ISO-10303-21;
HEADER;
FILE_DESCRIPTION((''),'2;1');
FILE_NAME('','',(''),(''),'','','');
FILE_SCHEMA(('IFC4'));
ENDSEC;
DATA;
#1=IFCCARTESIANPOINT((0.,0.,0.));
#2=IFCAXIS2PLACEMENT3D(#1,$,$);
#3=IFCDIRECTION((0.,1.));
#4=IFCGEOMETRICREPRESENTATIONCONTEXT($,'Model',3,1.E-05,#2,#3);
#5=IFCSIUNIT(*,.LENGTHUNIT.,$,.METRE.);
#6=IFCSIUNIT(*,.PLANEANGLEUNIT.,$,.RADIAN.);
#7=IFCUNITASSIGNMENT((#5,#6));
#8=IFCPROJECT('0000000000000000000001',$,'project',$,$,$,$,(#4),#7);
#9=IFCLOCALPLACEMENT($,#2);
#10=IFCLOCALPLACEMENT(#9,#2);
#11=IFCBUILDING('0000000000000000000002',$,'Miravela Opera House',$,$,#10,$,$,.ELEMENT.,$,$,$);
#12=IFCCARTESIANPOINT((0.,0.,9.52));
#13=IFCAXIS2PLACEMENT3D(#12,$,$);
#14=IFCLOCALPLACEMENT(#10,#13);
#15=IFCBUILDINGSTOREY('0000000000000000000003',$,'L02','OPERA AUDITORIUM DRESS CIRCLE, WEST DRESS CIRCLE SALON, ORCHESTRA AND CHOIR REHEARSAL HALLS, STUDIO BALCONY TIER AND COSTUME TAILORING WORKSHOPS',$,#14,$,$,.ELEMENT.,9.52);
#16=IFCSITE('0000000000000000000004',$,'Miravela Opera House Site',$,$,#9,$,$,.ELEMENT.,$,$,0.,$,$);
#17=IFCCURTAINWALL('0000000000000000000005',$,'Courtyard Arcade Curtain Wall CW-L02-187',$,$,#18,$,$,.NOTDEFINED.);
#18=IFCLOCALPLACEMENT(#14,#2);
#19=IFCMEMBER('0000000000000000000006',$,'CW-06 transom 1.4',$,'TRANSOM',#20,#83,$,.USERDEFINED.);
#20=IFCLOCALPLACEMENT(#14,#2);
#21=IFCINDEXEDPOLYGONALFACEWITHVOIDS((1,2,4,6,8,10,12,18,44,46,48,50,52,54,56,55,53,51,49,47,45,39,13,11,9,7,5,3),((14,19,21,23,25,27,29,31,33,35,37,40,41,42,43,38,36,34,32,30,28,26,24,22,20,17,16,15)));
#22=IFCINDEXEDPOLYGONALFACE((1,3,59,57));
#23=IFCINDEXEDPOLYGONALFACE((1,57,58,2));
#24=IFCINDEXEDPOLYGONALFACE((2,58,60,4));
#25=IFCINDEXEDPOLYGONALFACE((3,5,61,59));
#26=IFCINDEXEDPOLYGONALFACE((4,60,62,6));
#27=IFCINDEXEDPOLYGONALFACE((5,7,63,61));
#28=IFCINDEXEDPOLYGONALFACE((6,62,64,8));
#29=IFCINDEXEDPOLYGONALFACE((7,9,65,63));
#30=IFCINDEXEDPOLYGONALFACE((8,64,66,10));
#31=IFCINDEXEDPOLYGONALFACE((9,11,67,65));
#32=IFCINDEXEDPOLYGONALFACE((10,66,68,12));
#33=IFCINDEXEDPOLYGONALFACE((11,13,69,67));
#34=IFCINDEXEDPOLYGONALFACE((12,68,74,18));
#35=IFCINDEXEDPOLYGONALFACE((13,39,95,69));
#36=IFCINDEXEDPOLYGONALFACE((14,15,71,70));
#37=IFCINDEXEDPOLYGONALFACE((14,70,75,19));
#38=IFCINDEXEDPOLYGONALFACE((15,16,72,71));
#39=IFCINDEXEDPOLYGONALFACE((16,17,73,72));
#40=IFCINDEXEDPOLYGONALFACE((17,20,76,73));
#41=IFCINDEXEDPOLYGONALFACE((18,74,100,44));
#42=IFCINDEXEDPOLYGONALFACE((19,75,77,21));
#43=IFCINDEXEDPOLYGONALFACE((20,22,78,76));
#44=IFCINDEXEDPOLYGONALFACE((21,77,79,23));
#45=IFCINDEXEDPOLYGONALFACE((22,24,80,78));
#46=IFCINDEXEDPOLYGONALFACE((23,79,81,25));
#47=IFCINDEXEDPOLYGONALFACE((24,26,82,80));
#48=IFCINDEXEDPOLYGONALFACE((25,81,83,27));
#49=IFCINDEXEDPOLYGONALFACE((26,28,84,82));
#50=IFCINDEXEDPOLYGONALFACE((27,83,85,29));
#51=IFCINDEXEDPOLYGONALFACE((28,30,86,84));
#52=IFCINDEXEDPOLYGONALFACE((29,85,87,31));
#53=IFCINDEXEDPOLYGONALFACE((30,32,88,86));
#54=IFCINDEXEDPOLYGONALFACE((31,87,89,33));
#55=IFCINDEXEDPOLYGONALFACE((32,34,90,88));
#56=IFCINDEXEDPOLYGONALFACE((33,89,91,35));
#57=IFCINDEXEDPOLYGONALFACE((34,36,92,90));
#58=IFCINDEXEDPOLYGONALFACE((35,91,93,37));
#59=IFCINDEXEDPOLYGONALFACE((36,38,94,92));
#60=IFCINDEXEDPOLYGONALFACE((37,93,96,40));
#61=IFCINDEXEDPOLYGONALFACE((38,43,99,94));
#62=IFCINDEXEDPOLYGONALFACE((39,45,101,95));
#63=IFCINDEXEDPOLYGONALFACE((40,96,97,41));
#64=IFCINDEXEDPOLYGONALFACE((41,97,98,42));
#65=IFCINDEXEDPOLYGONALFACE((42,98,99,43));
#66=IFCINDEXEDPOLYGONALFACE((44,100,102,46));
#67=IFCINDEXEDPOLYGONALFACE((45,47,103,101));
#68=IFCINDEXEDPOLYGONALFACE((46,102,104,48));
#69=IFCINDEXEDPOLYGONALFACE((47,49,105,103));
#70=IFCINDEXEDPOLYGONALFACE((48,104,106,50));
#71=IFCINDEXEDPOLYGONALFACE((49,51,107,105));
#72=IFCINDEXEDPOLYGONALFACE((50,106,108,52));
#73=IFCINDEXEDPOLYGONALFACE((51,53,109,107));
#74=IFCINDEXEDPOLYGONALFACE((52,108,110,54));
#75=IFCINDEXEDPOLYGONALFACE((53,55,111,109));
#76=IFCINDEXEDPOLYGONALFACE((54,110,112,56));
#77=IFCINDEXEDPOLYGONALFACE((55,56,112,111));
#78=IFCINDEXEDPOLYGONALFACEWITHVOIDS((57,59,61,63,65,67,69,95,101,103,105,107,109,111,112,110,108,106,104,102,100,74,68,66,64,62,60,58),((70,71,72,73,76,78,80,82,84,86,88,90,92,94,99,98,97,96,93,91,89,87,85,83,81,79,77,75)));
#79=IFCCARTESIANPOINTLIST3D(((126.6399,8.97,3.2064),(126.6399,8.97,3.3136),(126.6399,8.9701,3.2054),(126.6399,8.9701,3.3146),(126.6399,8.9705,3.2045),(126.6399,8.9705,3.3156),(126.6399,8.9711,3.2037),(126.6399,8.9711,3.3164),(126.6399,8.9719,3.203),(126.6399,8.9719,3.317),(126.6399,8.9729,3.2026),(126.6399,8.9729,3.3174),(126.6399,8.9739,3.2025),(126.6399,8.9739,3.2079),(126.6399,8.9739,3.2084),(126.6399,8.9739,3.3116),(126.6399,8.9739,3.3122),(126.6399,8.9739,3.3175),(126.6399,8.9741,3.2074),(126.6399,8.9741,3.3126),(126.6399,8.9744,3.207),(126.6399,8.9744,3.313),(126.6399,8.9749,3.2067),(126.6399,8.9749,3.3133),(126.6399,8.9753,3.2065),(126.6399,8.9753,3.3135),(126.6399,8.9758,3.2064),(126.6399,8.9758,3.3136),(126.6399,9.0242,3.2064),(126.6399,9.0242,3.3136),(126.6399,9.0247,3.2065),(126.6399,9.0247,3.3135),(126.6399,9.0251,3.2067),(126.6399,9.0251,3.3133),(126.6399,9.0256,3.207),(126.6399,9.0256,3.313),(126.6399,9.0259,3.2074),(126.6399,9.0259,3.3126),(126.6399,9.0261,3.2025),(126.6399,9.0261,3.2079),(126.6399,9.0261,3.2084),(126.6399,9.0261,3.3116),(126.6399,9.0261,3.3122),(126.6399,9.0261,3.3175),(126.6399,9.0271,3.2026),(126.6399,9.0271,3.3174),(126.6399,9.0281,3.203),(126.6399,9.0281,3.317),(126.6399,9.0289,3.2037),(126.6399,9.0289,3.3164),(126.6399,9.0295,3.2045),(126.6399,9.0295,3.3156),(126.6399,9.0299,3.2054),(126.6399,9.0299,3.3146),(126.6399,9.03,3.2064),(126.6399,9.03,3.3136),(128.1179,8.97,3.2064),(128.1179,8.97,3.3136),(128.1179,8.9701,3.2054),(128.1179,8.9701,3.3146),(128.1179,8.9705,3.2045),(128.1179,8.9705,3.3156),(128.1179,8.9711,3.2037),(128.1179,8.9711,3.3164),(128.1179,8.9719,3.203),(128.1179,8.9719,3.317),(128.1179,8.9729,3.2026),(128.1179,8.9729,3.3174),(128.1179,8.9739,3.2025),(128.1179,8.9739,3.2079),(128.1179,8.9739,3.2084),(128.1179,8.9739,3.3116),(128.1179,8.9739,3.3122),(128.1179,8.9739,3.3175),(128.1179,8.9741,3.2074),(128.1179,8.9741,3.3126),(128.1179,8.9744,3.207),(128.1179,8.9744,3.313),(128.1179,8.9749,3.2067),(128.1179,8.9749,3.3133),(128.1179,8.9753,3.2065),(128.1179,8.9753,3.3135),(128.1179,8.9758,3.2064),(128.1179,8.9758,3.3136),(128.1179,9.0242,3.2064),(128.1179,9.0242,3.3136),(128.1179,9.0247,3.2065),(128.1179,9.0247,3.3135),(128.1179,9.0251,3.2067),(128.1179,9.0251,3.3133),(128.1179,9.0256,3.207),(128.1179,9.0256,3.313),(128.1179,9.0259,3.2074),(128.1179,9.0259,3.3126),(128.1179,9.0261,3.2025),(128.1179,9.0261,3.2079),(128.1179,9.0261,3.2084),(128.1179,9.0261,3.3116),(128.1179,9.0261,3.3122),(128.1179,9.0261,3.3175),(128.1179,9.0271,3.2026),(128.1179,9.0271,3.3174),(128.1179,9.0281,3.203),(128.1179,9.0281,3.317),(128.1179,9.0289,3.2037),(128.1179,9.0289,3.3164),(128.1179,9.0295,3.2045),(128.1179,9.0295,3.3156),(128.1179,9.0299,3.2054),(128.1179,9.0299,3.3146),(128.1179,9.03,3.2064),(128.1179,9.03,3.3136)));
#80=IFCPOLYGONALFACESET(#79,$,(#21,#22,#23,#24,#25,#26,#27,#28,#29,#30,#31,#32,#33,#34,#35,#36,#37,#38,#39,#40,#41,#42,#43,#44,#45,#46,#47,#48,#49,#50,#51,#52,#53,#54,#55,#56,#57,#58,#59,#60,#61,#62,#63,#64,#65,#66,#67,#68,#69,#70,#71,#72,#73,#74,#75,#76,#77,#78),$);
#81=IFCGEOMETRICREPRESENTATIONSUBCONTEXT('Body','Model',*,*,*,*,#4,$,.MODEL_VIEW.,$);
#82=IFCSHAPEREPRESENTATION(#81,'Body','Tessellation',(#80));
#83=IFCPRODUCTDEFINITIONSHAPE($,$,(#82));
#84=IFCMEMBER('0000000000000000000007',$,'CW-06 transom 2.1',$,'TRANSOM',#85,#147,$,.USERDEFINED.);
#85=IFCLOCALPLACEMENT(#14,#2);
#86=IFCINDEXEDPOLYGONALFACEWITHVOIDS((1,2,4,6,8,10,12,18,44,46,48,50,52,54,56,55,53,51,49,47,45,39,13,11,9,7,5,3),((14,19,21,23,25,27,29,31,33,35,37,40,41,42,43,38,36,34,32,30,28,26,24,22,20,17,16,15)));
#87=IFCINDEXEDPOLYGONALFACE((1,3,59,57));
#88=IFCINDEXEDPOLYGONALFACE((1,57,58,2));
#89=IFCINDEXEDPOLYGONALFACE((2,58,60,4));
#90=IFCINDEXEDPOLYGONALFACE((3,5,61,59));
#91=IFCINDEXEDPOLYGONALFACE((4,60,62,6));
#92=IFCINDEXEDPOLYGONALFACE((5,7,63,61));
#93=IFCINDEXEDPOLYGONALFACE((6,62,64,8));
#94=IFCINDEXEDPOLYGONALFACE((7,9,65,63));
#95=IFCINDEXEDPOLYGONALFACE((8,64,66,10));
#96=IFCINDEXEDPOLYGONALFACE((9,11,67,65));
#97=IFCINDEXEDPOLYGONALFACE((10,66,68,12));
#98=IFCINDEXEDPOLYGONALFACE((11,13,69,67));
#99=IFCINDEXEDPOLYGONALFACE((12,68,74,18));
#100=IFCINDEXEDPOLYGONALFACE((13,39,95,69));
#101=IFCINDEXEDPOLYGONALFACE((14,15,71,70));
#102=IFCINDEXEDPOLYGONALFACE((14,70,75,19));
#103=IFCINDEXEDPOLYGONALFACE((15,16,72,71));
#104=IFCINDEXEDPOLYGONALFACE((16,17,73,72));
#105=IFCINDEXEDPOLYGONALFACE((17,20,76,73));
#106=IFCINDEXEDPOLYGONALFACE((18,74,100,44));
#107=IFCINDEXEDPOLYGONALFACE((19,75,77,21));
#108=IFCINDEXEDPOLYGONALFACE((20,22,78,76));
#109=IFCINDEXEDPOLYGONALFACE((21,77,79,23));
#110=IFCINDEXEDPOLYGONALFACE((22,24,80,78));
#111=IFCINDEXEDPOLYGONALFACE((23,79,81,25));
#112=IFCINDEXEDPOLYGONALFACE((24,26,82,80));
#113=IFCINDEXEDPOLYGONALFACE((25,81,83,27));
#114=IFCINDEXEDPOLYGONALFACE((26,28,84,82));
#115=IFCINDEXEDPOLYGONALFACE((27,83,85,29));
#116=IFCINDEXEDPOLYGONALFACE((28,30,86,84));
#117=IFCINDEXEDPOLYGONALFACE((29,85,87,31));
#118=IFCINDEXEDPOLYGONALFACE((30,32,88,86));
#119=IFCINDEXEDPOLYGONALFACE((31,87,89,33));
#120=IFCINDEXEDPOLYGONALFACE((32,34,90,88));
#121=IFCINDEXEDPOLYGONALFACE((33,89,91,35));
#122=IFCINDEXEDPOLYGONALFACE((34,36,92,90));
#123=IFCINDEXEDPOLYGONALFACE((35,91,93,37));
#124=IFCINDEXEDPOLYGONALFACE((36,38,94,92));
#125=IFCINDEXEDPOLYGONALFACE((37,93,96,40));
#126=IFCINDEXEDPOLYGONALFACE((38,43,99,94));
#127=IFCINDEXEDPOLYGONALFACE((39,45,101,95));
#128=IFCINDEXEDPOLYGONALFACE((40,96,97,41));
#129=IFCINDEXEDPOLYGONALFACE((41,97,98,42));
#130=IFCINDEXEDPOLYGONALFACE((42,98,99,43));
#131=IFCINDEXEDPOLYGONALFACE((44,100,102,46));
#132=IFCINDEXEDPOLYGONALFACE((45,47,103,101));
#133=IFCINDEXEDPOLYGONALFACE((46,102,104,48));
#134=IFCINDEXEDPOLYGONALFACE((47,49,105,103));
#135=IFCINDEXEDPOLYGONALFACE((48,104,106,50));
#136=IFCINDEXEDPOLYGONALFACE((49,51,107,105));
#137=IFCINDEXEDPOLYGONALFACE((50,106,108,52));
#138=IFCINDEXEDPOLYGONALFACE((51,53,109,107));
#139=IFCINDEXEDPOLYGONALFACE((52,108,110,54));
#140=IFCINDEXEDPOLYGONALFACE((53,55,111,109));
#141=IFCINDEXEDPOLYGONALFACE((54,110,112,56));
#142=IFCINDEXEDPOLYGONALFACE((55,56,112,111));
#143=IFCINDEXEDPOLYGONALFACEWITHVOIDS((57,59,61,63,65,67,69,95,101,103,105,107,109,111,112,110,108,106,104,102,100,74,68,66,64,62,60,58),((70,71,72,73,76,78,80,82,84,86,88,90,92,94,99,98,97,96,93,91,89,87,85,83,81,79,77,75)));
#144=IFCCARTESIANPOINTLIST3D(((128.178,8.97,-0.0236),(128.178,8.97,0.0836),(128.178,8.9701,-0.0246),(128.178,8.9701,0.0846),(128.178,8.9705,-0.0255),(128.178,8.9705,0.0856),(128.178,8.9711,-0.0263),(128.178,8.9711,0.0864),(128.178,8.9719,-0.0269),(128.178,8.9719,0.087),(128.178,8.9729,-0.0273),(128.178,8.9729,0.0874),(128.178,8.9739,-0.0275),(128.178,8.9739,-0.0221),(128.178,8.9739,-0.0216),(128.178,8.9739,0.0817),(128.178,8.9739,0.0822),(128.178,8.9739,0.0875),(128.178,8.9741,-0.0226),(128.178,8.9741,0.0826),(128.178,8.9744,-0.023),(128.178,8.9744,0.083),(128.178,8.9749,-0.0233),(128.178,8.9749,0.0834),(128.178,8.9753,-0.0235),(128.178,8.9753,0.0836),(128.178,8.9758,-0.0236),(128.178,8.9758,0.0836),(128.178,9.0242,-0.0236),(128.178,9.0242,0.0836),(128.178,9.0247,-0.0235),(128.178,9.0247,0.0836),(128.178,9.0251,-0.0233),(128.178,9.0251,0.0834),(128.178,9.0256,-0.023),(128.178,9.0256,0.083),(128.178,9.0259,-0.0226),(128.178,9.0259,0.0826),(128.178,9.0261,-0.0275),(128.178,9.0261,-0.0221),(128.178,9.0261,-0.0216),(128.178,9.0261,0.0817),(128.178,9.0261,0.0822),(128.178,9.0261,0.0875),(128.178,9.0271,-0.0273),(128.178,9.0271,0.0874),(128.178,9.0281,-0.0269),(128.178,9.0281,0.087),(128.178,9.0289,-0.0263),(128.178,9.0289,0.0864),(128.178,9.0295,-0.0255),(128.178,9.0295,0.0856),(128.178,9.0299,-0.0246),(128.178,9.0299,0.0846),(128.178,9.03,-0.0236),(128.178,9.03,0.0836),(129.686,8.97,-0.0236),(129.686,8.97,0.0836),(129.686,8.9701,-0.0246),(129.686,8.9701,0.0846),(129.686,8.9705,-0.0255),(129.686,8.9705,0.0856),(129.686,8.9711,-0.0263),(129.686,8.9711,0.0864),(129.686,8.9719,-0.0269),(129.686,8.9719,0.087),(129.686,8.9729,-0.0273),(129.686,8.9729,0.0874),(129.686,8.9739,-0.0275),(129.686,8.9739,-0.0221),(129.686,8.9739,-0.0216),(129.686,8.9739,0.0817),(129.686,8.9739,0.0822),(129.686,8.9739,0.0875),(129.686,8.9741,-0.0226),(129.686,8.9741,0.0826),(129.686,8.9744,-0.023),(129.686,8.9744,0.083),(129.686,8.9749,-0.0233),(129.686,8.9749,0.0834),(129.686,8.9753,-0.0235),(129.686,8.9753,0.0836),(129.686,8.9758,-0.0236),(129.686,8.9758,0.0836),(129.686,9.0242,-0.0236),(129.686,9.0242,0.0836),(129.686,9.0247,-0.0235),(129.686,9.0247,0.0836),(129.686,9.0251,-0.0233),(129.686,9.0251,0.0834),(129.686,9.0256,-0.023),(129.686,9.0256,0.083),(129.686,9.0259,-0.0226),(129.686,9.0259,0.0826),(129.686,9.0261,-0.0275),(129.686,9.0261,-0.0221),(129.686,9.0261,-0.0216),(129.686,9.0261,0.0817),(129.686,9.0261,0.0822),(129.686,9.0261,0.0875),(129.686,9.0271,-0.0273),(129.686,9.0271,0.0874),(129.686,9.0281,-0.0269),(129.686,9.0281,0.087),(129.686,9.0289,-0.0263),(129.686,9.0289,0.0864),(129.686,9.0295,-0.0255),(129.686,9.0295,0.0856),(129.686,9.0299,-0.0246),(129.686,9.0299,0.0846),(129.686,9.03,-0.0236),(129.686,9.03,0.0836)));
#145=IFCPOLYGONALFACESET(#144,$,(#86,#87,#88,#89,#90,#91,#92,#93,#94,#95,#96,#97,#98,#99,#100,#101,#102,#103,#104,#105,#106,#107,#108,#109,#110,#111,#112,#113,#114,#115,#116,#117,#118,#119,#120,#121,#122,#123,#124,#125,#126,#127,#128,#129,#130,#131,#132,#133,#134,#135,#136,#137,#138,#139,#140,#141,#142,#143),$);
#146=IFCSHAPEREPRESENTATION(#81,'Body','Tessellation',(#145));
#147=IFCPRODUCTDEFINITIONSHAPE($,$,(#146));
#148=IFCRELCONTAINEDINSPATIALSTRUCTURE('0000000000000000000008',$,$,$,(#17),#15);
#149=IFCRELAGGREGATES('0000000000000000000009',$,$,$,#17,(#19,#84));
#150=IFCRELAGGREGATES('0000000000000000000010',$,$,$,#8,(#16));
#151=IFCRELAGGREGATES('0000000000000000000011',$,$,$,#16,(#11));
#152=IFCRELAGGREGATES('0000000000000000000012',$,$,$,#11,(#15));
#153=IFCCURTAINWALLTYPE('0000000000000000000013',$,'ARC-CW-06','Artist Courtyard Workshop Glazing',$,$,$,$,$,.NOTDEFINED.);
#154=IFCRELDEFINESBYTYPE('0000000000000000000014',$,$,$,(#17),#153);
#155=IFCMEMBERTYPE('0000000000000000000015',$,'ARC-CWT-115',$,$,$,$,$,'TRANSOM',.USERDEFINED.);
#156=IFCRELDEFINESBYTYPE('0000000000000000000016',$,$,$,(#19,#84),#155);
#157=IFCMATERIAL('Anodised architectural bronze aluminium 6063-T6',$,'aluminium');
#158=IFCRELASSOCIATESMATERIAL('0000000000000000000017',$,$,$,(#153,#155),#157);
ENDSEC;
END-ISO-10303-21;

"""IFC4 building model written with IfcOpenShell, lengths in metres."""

from ifc_helpers import new_model, si_unit, direction, frame, origin, origin_2d, place, context, subcontext, project, spatial, hollow_rectangle, extrude, material, material_profile, profile_set, type_object, element, aggregate, save


model = new_model("IFC4")

# Units and contexts
model_context = context("Model", 3, precision=1e-05, world=origin(), true_north=direction((0.0, 1.0)))
body_context = subcontext(model_context, "Body", "Model", "MODEL_VIEW")
ifc_project = project(units=[si_unit("LENGTHUNIT", "METRE"), si_unit("PLANEANGLEUNIT", "RADIAN")], contexts=[model_context])

# Site, building, storey
site_placement = place(None, origin())
site = spatial("IfcSite", under=ifc_project, at=site_placement, Name="Miravela Opera House Site", CompositionType="ELEMENT", RefElevation=0.0)
building_placement = place(site_placement, origin())
building = spatial("IfcBuilding", under=site, at=building_placement, Name="Miravela Opera House", CompositionType="ELEMENT")
storey_placement = place(building_placement, frame((0.0, 0.0, 9.52)))
storey = spatial("IfcBuildingStorey", under=building, at=storey_placement, Name="L02", Description="OPERA AUDITORIUM DRESS CIRCLE, WEST DRESS CIRCLE SALON, ORCHESTRA AND CHOIR REHEARSAL HALLS, STUDIO BALCONY TIER AND COSTUME TAILORING WORKSHOPS", CompositionType="ELEMENT", Elevation=9.52)

# Shared definitions
ifc_material_1 = material(Name="Anodised architectural bronze aluminium 6063-T6", Category="aluminium")
curtain_wall_type = type_object("IfcCurtainWallType", Name="ARC-CW-06", Description="Artist Courtyard Workshop Glazing", PredefinedType="NOTDEFINED", material=ifc_material_1)

# Curtain wall
curtain_wall_1_placement = place(storey_placement, origin())
curtain_wall_1 = element("IfcCurtainWall", 1, at=curtain_wall_1_placement, inside=storey, type_object=curtain_wall_type, Name="Courtyard Arcade Curtain Wall CW-L02-187", PredefinedType="NOTDEFINED")

# Members
ifc_material_profile_1 = material_profile(ifc_material_1, hollow_rectangle(XDim=0.0601, YDim=0.115, WallThickness=0.0039, InnerFilletRadius=0.002, OuterFilletRadius=0.0039, at=origin_2d()), Name="CWT-60X115")
ifc_profile_set_1 = profile_set([ifc_material_profile_1])
member_type_1 = type_object("IfcMemberType", Name="ARC-CWT-115", ElementType="TRANSOM", PredefinedType="USERDEFINED", material=ifc_profile_set_1)
member_1_placement = place(storey_placement, frame((126.6399, 9.0, 3.26), z_axis=(1.0, 0.0, 0.0), x_axis=(0.0, 1.0, 0.0)))
member_1 = element("IfcMember", 2, at=member_1_placement, type_object=member_type_1, Name="CW-06 transom 1.4", ObjectType="TRANSOM", PredefinedType="USERDEFINED", context=body_context, shape_type="SweptSolid", body=[
    extrude(hollow_rectangle(XDim=0.0601, YDim=0.115, WallThickness=0.0039, InnerFilletRadius=0.002, OuterFilletRadius=0.0039, at=origin_2d()), origin(), (0.0, 0.0, 1.0), 1.478),
])
member_2_placement = place(storey_placement, frame((128.178, 9.0, 0.03), z_axis=(1.0, 0.0, 0.0), x_axis=(0.0, 1.0, 0.0)))
member_2 = element("IfcMember", 3, at=member_2_placement, type_object=member_type_1, Name="CW-06 transom 2.1", ObjectType="TRANSOM", PredefinedType="USERDEFINED", context=body_context, shape_type="SweptSolid", body=[
    extrude(hollow_rectangle(XDim=0.0601, YDim=0.115, WallThickness=0.0039, InnerFilletRadius=0.002, OuterFilletRadius=0.0039, at=origin_2d()), origin(), (0.0, 0.0, 1.0), 1.5081),
])

aggregate(curtain_wall_1, [member_1, member_2])

save(model, "model.ifc")
